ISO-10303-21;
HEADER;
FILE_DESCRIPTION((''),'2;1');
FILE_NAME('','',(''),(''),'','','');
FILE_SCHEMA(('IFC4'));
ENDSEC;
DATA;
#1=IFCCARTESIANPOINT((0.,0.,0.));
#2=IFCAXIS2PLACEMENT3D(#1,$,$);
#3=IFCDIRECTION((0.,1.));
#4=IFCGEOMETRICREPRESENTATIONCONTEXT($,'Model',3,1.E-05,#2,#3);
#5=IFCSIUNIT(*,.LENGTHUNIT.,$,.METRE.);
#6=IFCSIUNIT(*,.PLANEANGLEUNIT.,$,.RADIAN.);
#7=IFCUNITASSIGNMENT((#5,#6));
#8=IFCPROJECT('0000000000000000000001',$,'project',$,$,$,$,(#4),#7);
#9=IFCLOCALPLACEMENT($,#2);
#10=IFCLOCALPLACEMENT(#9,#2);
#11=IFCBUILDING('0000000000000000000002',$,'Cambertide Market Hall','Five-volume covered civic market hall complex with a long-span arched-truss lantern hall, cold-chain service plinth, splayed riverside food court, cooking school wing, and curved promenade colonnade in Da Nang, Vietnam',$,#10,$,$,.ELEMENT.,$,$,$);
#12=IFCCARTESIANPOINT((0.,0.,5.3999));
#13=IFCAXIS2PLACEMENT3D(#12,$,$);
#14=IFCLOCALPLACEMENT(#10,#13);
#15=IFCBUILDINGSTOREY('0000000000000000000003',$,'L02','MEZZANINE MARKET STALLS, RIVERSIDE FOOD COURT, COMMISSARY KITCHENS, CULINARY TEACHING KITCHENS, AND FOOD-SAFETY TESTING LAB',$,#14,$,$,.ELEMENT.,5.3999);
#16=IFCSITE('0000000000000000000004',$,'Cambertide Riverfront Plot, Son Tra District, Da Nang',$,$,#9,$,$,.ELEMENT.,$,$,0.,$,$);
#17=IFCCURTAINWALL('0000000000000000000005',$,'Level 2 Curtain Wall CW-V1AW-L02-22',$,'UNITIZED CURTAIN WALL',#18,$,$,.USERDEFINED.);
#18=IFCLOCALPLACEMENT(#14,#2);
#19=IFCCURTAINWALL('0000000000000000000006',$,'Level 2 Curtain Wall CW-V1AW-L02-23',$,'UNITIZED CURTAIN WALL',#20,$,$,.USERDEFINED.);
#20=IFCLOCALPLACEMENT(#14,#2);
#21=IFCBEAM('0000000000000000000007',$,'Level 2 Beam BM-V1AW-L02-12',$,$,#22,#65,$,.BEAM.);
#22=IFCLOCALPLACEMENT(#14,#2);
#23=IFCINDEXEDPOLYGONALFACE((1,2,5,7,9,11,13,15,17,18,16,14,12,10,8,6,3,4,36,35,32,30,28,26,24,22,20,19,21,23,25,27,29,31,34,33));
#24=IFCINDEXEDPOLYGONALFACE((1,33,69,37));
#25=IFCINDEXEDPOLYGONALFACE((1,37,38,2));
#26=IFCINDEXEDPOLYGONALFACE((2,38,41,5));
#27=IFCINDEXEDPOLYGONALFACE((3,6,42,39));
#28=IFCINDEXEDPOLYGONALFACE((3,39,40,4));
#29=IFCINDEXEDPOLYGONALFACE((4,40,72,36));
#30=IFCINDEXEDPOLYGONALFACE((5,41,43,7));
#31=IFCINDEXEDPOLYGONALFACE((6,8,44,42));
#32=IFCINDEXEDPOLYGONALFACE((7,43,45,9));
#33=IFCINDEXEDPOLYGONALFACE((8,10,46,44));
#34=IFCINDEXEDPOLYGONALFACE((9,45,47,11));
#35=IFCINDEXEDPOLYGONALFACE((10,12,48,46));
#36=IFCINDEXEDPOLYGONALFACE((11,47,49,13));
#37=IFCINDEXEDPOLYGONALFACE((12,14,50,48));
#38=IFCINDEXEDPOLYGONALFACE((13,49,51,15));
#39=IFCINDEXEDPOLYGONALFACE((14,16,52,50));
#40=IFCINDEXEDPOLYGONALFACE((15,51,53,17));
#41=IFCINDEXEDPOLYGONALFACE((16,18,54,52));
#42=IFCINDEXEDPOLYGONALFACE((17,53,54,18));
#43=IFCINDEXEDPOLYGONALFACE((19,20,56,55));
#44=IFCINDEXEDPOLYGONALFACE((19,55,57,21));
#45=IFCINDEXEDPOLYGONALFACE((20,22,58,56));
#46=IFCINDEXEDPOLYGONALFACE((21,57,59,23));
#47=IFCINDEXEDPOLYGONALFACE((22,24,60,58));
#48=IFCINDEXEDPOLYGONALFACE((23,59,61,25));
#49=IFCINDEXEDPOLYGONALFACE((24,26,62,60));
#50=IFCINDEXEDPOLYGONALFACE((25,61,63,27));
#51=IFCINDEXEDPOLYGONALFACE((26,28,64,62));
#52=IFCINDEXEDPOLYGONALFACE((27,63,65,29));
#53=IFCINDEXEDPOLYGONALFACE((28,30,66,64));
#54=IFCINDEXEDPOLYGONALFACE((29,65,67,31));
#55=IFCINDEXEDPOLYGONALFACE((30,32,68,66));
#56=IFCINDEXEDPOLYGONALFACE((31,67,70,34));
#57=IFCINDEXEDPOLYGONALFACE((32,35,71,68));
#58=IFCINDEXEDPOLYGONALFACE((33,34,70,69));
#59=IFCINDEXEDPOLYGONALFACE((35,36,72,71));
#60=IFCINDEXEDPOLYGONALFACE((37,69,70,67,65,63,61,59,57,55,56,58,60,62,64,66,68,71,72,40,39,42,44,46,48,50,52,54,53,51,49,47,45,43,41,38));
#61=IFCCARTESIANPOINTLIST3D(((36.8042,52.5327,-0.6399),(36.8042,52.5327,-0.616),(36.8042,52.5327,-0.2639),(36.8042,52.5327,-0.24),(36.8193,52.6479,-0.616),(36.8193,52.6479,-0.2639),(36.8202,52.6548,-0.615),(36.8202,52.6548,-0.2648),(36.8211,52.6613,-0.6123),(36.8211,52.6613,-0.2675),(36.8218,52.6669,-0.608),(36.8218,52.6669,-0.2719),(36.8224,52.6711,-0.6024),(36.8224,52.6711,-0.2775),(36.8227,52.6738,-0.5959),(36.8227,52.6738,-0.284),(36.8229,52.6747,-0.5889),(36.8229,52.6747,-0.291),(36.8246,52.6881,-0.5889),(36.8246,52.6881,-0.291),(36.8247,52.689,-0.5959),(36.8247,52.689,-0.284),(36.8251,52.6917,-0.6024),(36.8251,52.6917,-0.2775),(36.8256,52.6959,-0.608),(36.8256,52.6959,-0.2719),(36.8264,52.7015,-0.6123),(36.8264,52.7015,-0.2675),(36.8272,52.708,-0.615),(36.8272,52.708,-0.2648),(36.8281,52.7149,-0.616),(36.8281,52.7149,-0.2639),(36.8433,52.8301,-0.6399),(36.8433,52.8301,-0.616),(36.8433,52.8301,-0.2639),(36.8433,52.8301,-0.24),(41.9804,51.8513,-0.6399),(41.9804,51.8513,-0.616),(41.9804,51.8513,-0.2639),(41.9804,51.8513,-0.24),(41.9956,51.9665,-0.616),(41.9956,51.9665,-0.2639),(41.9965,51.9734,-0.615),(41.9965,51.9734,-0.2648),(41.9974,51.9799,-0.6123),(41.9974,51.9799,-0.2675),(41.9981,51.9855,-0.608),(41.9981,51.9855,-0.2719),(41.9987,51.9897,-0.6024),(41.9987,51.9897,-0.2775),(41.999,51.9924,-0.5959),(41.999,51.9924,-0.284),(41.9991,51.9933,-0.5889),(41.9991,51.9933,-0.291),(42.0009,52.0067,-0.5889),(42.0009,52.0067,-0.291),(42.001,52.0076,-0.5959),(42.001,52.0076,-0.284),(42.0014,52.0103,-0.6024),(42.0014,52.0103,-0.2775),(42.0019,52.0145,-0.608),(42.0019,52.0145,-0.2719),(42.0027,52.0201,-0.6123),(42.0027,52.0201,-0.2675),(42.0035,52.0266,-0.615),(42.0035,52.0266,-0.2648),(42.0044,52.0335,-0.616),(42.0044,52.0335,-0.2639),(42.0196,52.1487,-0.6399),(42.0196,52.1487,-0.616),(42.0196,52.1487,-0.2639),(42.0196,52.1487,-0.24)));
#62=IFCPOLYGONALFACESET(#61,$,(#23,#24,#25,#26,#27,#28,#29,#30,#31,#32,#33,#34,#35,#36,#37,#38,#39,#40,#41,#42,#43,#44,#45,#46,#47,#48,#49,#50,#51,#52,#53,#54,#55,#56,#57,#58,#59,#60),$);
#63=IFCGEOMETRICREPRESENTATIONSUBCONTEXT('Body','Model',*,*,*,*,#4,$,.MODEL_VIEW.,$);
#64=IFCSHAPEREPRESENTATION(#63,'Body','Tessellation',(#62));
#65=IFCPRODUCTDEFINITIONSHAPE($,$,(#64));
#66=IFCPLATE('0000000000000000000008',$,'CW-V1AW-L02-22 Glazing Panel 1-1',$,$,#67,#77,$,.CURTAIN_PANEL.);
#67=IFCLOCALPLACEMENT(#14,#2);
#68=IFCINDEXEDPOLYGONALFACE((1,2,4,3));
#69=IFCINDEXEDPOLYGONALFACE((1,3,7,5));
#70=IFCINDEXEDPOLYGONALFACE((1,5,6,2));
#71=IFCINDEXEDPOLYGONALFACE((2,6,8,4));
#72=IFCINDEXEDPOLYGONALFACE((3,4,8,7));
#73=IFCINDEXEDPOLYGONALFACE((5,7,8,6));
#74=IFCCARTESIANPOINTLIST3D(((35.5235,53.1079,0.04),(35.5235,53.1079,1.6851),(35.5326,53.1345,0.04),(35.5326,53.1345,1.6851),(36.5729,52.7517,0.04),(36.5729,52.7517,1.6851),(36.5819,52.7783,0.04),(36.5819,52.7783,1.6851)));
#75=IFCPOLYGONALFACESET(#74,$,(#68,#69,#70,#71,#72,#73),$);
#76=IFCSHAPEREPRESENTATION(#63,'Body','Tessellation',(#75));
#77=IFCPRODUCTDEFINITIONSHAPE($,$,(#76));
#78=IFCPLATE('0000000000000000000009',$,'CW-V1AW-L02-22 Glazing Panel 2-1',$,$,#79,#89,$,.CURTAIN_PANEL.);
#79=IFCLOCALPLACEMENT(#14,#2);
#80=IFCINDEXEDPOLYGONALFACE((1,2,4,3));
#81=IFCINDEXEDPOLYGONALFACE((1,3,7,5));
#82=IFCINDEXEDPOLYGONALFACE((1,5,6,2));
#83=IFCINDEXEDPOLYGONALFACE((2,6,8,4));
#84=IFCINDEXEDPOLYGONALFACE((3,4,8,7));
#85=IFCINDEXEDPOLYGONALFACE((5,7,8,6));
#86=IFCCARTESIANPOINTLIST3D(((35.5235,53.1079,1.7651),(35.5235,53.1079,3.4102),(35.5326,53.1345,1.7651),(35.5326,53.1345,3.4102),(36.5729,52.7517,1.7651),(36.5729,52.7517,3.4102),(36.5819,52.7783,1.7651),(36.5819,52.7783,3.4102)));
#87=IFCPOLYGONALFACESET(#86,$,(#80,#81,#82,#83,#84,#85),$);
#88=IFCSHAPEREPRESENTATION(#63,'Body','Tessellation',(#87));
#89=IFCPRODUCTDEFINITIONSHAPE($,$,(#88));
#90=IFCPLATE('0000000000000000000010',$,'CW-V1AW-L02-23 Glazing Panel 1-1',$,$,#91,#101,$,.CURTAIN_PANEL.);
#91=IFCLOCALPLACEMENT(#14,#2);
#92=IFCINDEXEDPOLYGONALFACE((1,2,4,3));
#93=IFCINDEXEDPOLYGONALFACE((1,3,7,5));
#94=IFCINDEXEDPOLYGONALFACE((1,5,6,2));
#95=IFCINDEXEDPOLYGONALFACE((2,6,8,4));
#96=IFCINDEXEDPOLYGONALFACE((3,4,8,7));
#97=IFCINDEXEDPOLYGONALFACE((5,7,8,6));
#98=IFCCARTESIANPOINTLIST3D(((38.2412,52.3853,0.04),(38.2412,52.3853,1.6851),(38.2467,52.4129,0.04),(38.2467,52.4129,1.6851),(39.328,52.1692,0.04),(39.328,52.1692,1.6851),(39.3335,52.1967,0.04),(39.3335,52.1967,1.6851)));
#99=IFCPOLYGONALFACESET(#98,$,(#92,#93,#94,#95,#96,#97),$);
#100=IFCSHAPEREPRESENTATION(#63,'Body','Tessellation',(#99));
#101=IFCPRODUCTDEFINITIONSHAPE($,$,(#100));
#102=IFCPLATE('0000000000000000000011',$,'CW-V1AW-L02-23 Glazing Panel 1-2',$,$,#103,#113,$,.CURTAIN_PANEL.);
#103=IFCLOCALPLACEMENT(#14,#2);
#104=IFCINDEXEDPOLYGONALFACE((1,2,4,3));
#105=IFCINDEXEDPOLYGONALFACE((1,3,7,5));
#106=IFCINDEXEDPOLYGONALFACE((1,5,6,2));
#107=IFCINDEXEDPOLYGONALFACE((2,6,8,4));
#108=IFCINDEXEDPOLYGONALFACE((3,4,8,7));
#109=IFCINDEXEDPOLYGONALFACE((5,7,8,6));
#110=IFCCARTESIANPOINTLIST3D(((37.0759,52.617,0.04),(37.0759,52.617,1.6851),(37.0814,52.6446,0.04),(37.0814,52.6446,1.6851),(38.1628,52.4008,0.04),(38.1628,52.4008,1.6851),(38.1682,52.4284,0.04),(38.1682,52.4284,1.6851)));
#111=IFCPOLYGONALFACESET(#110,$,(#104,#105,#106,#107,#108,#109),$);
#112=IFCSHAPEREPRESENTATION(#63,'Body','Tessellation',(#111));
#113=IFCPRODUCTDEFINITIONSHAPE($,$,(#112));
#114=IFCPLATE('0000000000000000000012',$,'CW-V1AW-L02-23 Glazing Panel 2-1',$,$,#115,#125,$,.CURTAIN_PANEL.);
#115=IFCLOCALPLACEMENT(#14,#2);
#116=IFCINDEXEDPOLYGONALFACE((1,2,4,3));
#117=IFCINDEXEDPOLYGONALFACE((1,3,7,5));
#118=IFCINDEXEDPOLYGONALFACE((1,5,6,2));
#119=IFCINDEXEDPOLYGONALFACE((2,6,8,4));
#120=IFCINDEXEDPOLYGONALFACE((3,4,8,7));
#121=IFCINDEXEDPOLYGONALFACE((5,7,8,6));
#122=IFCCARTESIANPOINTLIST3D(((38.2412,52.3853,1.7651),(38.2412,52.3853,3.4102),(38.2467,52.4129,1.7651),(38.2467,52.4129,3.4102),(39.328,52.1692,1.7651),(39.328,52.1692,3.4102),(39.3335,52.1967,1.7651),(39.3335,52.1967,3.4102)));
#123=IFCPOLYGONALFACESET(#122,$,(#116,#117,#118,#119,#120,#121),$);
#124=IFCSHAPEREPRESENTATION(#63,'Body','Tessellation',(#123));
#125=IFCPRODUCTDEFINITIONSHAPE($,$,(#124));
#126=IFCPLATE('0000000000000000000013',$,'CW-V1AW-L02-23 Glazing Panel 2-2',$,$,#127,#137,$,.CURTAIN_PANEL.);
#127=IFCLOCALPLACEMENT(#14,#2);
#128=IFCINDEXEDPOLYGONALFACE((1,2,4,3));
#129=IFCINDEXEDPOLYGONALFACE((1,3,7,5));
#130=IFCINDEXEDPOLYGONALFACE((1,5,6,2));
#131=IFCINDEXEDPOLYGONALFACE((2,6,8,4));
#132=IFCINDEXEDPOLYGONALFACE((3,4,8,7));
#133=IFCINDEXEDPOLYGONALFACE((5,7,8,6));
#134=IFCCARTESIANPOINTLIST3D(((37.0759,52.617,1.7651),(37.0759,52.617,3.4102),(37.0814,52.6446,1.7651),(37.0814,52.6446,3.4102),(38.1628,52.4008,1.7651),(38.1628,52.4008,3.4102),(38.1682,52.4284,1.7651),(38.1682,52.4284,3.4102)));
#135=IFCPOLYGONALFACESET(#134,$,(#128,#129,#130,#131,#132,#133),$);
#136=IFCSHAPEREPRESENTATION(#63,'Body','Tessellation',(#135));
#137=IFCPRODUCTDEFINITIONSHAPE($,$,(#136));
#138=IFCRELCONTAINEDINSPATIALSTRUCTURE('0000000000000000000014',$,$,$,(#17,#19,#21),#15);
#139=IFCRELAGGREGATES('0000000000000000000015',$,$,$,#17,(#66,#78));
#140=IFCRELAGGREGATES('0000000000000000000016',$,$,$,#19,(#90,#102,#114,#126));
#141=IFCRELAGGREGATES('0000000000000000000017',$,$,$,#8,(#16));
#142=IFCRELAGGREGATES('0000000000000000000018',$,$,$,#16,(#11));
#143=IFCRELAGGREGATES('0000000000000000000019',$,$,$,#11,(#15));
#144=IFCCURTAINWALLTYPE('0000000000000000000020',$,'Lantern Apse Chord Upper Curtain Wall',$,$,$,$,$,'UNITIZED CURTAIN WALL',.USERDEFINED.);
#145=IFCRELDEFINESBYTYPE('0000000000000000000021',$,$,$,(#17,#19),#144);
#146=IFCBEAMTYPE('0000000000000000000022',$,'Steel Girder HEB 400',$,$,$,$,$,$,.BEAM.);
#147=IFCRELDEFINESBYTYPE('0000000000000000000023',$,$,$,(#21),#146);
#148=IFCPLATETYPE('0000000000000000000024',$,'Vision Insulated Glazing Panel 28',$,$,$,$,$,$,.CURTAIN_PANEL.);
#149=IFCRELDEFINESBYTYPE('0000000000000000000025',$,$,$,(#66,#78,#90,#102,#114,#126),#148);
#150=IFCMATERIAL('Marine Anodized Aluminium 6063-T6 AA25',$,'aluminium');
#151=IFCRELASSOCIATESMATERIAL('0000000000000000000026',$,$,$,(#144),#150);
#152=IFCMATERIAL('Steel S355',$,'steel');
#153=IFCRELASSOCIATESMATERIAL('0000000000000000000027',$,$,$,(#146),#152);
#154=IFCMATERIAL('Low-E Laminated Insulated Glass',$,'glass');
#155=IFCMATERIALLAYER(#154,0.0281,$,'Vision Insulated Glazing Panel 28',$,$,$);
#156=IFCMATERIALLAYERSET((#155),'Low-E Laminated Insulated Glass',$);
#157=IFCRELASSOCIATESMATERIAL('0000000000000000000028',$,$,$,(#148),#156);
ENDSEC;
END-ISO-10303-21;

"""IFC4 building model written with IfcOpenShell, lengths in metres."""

from ifc_helpers import new_model, si_unit, direction, frame, origin, origin_2d, place, context, subcontext, project, spatial, rectangle, i_section, extrude, material, layer, layer_set, material_profile, profile_set, type_object, element, aggregate, save


model = new_model("IFC4")

# Units and contexts
model_context = context("Model", 3, precision=1e-05, world=origin(), true_north=direction((0.0, 1.0)))
body_context = subcontext(model_context, "Body", "Model", "MODEL_VIEW")
ifc_project = project(units=[si_unit("LENGTHUNIT", "METRE"), si_unit("PLANEANGLEUNIT", "RADIAN")], contexts=[model_context])

# Site, building, storey
site_placement = place(None, origin())
site = spatial("IfcSite", under=ifc_project, at=site_placement, Name="Cambertide Riverfront Plot, Son Tra District, Da Nang", CompositionType="ELEMENT", RefElevation=0.0)
building_placement = place(site_placement, origin())
building = spatial("IfcBuilding", under=site, at=building_placement, Name="Cambertide Market Hall", Description="Five-volume covered civic market hall complex with a long-span arched-truss lantern hall, cold-chain service plinth, splayed riverside food court, cooking school wing, and curved promenade colonnade in Da Nang, Vietnam", CompositionType="ELEMENT")
storey_placement = place(building_placement, frame((0.0, 0.0, 5.3999)))
storey = spatial("IfcBuildingStorey", under=building, at=storey_placement, Name="L02", Description="MEZZANINE MARKET STALLS, RIVERSIDE FOOD COURT, COMMISSARY KITCHENS, CULINARY TEACHING KITCHENS, AND FOOD-SAFETY TESTING LAB", CompositionType="ELEMENT", Elevation=5.3999)

# Curtain walls
ifc_material_1 = material(Name="Marine Anodized Aluminium 6063-T6 AA25", Category="aluminium")
curtain_wall_type = type_object("IfcCurtainWallType", Name="Lantern Apse Chord Upper Curtain Wall", ElementType="UNITIZED CURTAIN WALL", PredefinedType="USERDEFINED", material=ifc_material_1)
curtain_wall_1_placement = place(storey_placement, origin())
curtain_wall_1 = element("IfcCurtainWall", 1, at=curtain_wall_1_placement, inside=storey, type_object=curtain_wall_type, Name="Level 2 Curtain Wall CW-V1AW-L02-22", ObjectType="UNITIZED CURTAIN WALL", PredefinedType="USERDEFINED")
curtain_wall_2_placement = place(storey_placement, origin())
curtain_wall_2 = element("IfcCurtainWall", 2, at=curtain_wall_2_placement, inside=storey, type_object=curtain_wall_type, Name="Level 2 Curtain Wall CW-V1AW-L02-23", ObjectType="UNITIZED CURTAIN WALL", PredefinedType="USERDEFINED")

# Beam
ifc_material_2 = material(Name="Steel S355", Category="steel")
ifc_material_profile_1 = material_profile(ifc_material_2, i_section(OverallWidth=0.3, OverallDepth=0.3999, WebThickness=0.0134, FlangeThickness=0.0239, FilletRadius=0.0271, at=origin_2d()), Name="HEB 400")
ifc_profile_set_1 = profile_set([ifc_material_profile_1], Name="Steel S355")
beam_type_1 = type_object("IfcBeamType", Name="Steel Girder HEB 400", PredefinedType="BEAM", material=ifc_profile_set_1)
beam_1_placement = place(storey_placement, frame((36.8237, 52.6814, -0.4399), z_axis=(0.991447, -0.130513, 0.0), x_axis=(0.130513, 0.991447, 0.0)))
element("IfcBeam", 3, at=beam_1_placement, inside=storey, type_object=beam_type_1, Name="Level 2 Beam BM-V1AW-L02-12", PredefinedType="BEAM", context=body_context, shape_type="SweptSolid", body=[
    extrude(i_section(OverallWidth=0.3, OverallDepth=0.3999, WebThickness=0.0134, FlangeThickness=0.0239, FilletRadius=0.0271, at=origin_2d()), origin(), (0.0, 0.0, 1.0), 5.2209),
])

# Plates
ifc_material_3 = material(Name="Low-E Laminated Insulated Glass", Category="glass")
ifc_layer_1 = layer(ifc_material_3, 0.0281, Name="Vision Insulated Glazing Panel 28")
ifc_layer_set_1 = layer_set([ifc_layer_1], Name="Low-E Laminated Insulated Glass")
plate_type = type_object("IfcPlateType", Name="Vision Insulated Glazing Panel 28", PredefinedType="CURTAIN_PANEL", material=ifc_layer_set_1)
plate_1_placement = place(storey_placement, frame((36.0527, 52.9431, 0.04), z_axis=(0.0, 0.0, 1.0), x_axis=(-0.94693, 0.321439, 0.0)))
plate_1 = element("IfcPlate", 4, at=plate_1_placement, type_object=plate_type, Name="CW-V1AW-L02-22 Glazing Panel 1-1", PredefinedType="CURTAIN_PANEL", context=body_context, shape_type="SweptSolid", body=[
    extrude(rectangle(XDim=1.1082, YDim=0.0281, at=origin_2d()), origin(), (0.0, 0.0, 1.0), 1.645),
])
plate_2_placement = place(storey_placement, frame((36.0527, 52.9431, 1.7651), z_axis=(0.0, 0.0, 1.0), x_axis=(-0.94693, 0.321439, 0.0)))
plate_2 = element("IfcPlate", 5, at=plate_2_placement, type_object=plate_type, Name="CW-V1AW-L02-22 Glazing Panel 2-1", PredefinedType="CURTAIN_PANEL", context=body_context, shape_type="SweptSolid", body=[
    extrude(rectangle(XDim=1.1082, YDim=0.0281, at=origin_2d()), origin(), (0.0, 0.0, 1.0), 1.645),
])
aggregate(curtain_wall_1, [plate_1, plate_2])
plate_3_placement = place(storey_placement, frame((38.7874, 52.291, 0.04), z_axis=(0.0, 0.0, 1.0), x_axis=(-0.980785, 0.19509, 0.0)))
plate_3 = element("IfcPlate", 6, at=plate_3_placement, type_object=plate_type, Name="CW-V1AW-L02-23 Glazing Panel 1-1", PredefinedType="CURTAIN_PANEL", context=body_context, shape_type="SweptSolid", body=[
    extrude(rectangle(XDim=1.1082, YDim=0.0281, at=origin_2d()), origin(), (0.0, 0.0, 1.0), 1.645),
])
plate_4_placement = place(storey_placement, frame((37.6221, 52.5227, 0.04), z_axis=(0.0, 0.0, 1.0), x_axis=(-0.980785, 0.19509, 0.0)))
plate_4 = element("IfcPlate", 7, at=plate_4_placement, type_object=plate_type, Name="CW-V1AW-L02-23 Glazing Panel 1-2", PredefinedType="CURTAIN_PANEL", context=body_context, shape_type="SweptSolid", body=[
    extrude(rectangle(XDim=1.1082, YDim=0.0281, at=origin_2d()), origin(), (0.0, 0.0, 1.0), 1.645),
])
plate_5_placement = place(storey_placement, frame((38.7874, 52.291, 1.7651), z_axis=(0.0, 0.0, 1.0), x_axis=(-0.980785, 0.19509, 0.0)))
plate_5 = element("IfcPlate", 8, at=plate_5_placement, type_object=plate_type, Name="CW-V1AW-L02-23 Glazing Panel 2-1", PredefinedType="CURTAIN_PANEL", context=body_context, shape_type="SweptSolid", body=[
    extrude(rectangle(XDim=1.1082, YDim=0.0281, at=origin_2d()), origin(), (0.0, 0.0, 1.0), 1.645),
])
plate_6_placement = place(storey_placement, frame((37.6221, 52.5227, 1.7651), z_axis=(0.0, 0.0, 1.0), x_axis=(-0.980785, 0.19509, 0.0)))
plate_6 = element("IfcPlate", 9, at=plate_6_placement, type_object=plate_type, Name="CW-V1AW-L02-23 Glazing Panel 2-2", PredefinedType="CURTAIN_PANEL", context=body_context, shape_type="SweptSolid", body=[
    extrude(rectangle(XDim=1.1082, YDim=0.0281, at=origin_2d()), origin(), (0.0, 0.0, 1.0), 1.645),
])
aggregate(curtain_wall_2, [plate_3, plate_4, plate_5, plate_6])

save(model, "model.ifc")
